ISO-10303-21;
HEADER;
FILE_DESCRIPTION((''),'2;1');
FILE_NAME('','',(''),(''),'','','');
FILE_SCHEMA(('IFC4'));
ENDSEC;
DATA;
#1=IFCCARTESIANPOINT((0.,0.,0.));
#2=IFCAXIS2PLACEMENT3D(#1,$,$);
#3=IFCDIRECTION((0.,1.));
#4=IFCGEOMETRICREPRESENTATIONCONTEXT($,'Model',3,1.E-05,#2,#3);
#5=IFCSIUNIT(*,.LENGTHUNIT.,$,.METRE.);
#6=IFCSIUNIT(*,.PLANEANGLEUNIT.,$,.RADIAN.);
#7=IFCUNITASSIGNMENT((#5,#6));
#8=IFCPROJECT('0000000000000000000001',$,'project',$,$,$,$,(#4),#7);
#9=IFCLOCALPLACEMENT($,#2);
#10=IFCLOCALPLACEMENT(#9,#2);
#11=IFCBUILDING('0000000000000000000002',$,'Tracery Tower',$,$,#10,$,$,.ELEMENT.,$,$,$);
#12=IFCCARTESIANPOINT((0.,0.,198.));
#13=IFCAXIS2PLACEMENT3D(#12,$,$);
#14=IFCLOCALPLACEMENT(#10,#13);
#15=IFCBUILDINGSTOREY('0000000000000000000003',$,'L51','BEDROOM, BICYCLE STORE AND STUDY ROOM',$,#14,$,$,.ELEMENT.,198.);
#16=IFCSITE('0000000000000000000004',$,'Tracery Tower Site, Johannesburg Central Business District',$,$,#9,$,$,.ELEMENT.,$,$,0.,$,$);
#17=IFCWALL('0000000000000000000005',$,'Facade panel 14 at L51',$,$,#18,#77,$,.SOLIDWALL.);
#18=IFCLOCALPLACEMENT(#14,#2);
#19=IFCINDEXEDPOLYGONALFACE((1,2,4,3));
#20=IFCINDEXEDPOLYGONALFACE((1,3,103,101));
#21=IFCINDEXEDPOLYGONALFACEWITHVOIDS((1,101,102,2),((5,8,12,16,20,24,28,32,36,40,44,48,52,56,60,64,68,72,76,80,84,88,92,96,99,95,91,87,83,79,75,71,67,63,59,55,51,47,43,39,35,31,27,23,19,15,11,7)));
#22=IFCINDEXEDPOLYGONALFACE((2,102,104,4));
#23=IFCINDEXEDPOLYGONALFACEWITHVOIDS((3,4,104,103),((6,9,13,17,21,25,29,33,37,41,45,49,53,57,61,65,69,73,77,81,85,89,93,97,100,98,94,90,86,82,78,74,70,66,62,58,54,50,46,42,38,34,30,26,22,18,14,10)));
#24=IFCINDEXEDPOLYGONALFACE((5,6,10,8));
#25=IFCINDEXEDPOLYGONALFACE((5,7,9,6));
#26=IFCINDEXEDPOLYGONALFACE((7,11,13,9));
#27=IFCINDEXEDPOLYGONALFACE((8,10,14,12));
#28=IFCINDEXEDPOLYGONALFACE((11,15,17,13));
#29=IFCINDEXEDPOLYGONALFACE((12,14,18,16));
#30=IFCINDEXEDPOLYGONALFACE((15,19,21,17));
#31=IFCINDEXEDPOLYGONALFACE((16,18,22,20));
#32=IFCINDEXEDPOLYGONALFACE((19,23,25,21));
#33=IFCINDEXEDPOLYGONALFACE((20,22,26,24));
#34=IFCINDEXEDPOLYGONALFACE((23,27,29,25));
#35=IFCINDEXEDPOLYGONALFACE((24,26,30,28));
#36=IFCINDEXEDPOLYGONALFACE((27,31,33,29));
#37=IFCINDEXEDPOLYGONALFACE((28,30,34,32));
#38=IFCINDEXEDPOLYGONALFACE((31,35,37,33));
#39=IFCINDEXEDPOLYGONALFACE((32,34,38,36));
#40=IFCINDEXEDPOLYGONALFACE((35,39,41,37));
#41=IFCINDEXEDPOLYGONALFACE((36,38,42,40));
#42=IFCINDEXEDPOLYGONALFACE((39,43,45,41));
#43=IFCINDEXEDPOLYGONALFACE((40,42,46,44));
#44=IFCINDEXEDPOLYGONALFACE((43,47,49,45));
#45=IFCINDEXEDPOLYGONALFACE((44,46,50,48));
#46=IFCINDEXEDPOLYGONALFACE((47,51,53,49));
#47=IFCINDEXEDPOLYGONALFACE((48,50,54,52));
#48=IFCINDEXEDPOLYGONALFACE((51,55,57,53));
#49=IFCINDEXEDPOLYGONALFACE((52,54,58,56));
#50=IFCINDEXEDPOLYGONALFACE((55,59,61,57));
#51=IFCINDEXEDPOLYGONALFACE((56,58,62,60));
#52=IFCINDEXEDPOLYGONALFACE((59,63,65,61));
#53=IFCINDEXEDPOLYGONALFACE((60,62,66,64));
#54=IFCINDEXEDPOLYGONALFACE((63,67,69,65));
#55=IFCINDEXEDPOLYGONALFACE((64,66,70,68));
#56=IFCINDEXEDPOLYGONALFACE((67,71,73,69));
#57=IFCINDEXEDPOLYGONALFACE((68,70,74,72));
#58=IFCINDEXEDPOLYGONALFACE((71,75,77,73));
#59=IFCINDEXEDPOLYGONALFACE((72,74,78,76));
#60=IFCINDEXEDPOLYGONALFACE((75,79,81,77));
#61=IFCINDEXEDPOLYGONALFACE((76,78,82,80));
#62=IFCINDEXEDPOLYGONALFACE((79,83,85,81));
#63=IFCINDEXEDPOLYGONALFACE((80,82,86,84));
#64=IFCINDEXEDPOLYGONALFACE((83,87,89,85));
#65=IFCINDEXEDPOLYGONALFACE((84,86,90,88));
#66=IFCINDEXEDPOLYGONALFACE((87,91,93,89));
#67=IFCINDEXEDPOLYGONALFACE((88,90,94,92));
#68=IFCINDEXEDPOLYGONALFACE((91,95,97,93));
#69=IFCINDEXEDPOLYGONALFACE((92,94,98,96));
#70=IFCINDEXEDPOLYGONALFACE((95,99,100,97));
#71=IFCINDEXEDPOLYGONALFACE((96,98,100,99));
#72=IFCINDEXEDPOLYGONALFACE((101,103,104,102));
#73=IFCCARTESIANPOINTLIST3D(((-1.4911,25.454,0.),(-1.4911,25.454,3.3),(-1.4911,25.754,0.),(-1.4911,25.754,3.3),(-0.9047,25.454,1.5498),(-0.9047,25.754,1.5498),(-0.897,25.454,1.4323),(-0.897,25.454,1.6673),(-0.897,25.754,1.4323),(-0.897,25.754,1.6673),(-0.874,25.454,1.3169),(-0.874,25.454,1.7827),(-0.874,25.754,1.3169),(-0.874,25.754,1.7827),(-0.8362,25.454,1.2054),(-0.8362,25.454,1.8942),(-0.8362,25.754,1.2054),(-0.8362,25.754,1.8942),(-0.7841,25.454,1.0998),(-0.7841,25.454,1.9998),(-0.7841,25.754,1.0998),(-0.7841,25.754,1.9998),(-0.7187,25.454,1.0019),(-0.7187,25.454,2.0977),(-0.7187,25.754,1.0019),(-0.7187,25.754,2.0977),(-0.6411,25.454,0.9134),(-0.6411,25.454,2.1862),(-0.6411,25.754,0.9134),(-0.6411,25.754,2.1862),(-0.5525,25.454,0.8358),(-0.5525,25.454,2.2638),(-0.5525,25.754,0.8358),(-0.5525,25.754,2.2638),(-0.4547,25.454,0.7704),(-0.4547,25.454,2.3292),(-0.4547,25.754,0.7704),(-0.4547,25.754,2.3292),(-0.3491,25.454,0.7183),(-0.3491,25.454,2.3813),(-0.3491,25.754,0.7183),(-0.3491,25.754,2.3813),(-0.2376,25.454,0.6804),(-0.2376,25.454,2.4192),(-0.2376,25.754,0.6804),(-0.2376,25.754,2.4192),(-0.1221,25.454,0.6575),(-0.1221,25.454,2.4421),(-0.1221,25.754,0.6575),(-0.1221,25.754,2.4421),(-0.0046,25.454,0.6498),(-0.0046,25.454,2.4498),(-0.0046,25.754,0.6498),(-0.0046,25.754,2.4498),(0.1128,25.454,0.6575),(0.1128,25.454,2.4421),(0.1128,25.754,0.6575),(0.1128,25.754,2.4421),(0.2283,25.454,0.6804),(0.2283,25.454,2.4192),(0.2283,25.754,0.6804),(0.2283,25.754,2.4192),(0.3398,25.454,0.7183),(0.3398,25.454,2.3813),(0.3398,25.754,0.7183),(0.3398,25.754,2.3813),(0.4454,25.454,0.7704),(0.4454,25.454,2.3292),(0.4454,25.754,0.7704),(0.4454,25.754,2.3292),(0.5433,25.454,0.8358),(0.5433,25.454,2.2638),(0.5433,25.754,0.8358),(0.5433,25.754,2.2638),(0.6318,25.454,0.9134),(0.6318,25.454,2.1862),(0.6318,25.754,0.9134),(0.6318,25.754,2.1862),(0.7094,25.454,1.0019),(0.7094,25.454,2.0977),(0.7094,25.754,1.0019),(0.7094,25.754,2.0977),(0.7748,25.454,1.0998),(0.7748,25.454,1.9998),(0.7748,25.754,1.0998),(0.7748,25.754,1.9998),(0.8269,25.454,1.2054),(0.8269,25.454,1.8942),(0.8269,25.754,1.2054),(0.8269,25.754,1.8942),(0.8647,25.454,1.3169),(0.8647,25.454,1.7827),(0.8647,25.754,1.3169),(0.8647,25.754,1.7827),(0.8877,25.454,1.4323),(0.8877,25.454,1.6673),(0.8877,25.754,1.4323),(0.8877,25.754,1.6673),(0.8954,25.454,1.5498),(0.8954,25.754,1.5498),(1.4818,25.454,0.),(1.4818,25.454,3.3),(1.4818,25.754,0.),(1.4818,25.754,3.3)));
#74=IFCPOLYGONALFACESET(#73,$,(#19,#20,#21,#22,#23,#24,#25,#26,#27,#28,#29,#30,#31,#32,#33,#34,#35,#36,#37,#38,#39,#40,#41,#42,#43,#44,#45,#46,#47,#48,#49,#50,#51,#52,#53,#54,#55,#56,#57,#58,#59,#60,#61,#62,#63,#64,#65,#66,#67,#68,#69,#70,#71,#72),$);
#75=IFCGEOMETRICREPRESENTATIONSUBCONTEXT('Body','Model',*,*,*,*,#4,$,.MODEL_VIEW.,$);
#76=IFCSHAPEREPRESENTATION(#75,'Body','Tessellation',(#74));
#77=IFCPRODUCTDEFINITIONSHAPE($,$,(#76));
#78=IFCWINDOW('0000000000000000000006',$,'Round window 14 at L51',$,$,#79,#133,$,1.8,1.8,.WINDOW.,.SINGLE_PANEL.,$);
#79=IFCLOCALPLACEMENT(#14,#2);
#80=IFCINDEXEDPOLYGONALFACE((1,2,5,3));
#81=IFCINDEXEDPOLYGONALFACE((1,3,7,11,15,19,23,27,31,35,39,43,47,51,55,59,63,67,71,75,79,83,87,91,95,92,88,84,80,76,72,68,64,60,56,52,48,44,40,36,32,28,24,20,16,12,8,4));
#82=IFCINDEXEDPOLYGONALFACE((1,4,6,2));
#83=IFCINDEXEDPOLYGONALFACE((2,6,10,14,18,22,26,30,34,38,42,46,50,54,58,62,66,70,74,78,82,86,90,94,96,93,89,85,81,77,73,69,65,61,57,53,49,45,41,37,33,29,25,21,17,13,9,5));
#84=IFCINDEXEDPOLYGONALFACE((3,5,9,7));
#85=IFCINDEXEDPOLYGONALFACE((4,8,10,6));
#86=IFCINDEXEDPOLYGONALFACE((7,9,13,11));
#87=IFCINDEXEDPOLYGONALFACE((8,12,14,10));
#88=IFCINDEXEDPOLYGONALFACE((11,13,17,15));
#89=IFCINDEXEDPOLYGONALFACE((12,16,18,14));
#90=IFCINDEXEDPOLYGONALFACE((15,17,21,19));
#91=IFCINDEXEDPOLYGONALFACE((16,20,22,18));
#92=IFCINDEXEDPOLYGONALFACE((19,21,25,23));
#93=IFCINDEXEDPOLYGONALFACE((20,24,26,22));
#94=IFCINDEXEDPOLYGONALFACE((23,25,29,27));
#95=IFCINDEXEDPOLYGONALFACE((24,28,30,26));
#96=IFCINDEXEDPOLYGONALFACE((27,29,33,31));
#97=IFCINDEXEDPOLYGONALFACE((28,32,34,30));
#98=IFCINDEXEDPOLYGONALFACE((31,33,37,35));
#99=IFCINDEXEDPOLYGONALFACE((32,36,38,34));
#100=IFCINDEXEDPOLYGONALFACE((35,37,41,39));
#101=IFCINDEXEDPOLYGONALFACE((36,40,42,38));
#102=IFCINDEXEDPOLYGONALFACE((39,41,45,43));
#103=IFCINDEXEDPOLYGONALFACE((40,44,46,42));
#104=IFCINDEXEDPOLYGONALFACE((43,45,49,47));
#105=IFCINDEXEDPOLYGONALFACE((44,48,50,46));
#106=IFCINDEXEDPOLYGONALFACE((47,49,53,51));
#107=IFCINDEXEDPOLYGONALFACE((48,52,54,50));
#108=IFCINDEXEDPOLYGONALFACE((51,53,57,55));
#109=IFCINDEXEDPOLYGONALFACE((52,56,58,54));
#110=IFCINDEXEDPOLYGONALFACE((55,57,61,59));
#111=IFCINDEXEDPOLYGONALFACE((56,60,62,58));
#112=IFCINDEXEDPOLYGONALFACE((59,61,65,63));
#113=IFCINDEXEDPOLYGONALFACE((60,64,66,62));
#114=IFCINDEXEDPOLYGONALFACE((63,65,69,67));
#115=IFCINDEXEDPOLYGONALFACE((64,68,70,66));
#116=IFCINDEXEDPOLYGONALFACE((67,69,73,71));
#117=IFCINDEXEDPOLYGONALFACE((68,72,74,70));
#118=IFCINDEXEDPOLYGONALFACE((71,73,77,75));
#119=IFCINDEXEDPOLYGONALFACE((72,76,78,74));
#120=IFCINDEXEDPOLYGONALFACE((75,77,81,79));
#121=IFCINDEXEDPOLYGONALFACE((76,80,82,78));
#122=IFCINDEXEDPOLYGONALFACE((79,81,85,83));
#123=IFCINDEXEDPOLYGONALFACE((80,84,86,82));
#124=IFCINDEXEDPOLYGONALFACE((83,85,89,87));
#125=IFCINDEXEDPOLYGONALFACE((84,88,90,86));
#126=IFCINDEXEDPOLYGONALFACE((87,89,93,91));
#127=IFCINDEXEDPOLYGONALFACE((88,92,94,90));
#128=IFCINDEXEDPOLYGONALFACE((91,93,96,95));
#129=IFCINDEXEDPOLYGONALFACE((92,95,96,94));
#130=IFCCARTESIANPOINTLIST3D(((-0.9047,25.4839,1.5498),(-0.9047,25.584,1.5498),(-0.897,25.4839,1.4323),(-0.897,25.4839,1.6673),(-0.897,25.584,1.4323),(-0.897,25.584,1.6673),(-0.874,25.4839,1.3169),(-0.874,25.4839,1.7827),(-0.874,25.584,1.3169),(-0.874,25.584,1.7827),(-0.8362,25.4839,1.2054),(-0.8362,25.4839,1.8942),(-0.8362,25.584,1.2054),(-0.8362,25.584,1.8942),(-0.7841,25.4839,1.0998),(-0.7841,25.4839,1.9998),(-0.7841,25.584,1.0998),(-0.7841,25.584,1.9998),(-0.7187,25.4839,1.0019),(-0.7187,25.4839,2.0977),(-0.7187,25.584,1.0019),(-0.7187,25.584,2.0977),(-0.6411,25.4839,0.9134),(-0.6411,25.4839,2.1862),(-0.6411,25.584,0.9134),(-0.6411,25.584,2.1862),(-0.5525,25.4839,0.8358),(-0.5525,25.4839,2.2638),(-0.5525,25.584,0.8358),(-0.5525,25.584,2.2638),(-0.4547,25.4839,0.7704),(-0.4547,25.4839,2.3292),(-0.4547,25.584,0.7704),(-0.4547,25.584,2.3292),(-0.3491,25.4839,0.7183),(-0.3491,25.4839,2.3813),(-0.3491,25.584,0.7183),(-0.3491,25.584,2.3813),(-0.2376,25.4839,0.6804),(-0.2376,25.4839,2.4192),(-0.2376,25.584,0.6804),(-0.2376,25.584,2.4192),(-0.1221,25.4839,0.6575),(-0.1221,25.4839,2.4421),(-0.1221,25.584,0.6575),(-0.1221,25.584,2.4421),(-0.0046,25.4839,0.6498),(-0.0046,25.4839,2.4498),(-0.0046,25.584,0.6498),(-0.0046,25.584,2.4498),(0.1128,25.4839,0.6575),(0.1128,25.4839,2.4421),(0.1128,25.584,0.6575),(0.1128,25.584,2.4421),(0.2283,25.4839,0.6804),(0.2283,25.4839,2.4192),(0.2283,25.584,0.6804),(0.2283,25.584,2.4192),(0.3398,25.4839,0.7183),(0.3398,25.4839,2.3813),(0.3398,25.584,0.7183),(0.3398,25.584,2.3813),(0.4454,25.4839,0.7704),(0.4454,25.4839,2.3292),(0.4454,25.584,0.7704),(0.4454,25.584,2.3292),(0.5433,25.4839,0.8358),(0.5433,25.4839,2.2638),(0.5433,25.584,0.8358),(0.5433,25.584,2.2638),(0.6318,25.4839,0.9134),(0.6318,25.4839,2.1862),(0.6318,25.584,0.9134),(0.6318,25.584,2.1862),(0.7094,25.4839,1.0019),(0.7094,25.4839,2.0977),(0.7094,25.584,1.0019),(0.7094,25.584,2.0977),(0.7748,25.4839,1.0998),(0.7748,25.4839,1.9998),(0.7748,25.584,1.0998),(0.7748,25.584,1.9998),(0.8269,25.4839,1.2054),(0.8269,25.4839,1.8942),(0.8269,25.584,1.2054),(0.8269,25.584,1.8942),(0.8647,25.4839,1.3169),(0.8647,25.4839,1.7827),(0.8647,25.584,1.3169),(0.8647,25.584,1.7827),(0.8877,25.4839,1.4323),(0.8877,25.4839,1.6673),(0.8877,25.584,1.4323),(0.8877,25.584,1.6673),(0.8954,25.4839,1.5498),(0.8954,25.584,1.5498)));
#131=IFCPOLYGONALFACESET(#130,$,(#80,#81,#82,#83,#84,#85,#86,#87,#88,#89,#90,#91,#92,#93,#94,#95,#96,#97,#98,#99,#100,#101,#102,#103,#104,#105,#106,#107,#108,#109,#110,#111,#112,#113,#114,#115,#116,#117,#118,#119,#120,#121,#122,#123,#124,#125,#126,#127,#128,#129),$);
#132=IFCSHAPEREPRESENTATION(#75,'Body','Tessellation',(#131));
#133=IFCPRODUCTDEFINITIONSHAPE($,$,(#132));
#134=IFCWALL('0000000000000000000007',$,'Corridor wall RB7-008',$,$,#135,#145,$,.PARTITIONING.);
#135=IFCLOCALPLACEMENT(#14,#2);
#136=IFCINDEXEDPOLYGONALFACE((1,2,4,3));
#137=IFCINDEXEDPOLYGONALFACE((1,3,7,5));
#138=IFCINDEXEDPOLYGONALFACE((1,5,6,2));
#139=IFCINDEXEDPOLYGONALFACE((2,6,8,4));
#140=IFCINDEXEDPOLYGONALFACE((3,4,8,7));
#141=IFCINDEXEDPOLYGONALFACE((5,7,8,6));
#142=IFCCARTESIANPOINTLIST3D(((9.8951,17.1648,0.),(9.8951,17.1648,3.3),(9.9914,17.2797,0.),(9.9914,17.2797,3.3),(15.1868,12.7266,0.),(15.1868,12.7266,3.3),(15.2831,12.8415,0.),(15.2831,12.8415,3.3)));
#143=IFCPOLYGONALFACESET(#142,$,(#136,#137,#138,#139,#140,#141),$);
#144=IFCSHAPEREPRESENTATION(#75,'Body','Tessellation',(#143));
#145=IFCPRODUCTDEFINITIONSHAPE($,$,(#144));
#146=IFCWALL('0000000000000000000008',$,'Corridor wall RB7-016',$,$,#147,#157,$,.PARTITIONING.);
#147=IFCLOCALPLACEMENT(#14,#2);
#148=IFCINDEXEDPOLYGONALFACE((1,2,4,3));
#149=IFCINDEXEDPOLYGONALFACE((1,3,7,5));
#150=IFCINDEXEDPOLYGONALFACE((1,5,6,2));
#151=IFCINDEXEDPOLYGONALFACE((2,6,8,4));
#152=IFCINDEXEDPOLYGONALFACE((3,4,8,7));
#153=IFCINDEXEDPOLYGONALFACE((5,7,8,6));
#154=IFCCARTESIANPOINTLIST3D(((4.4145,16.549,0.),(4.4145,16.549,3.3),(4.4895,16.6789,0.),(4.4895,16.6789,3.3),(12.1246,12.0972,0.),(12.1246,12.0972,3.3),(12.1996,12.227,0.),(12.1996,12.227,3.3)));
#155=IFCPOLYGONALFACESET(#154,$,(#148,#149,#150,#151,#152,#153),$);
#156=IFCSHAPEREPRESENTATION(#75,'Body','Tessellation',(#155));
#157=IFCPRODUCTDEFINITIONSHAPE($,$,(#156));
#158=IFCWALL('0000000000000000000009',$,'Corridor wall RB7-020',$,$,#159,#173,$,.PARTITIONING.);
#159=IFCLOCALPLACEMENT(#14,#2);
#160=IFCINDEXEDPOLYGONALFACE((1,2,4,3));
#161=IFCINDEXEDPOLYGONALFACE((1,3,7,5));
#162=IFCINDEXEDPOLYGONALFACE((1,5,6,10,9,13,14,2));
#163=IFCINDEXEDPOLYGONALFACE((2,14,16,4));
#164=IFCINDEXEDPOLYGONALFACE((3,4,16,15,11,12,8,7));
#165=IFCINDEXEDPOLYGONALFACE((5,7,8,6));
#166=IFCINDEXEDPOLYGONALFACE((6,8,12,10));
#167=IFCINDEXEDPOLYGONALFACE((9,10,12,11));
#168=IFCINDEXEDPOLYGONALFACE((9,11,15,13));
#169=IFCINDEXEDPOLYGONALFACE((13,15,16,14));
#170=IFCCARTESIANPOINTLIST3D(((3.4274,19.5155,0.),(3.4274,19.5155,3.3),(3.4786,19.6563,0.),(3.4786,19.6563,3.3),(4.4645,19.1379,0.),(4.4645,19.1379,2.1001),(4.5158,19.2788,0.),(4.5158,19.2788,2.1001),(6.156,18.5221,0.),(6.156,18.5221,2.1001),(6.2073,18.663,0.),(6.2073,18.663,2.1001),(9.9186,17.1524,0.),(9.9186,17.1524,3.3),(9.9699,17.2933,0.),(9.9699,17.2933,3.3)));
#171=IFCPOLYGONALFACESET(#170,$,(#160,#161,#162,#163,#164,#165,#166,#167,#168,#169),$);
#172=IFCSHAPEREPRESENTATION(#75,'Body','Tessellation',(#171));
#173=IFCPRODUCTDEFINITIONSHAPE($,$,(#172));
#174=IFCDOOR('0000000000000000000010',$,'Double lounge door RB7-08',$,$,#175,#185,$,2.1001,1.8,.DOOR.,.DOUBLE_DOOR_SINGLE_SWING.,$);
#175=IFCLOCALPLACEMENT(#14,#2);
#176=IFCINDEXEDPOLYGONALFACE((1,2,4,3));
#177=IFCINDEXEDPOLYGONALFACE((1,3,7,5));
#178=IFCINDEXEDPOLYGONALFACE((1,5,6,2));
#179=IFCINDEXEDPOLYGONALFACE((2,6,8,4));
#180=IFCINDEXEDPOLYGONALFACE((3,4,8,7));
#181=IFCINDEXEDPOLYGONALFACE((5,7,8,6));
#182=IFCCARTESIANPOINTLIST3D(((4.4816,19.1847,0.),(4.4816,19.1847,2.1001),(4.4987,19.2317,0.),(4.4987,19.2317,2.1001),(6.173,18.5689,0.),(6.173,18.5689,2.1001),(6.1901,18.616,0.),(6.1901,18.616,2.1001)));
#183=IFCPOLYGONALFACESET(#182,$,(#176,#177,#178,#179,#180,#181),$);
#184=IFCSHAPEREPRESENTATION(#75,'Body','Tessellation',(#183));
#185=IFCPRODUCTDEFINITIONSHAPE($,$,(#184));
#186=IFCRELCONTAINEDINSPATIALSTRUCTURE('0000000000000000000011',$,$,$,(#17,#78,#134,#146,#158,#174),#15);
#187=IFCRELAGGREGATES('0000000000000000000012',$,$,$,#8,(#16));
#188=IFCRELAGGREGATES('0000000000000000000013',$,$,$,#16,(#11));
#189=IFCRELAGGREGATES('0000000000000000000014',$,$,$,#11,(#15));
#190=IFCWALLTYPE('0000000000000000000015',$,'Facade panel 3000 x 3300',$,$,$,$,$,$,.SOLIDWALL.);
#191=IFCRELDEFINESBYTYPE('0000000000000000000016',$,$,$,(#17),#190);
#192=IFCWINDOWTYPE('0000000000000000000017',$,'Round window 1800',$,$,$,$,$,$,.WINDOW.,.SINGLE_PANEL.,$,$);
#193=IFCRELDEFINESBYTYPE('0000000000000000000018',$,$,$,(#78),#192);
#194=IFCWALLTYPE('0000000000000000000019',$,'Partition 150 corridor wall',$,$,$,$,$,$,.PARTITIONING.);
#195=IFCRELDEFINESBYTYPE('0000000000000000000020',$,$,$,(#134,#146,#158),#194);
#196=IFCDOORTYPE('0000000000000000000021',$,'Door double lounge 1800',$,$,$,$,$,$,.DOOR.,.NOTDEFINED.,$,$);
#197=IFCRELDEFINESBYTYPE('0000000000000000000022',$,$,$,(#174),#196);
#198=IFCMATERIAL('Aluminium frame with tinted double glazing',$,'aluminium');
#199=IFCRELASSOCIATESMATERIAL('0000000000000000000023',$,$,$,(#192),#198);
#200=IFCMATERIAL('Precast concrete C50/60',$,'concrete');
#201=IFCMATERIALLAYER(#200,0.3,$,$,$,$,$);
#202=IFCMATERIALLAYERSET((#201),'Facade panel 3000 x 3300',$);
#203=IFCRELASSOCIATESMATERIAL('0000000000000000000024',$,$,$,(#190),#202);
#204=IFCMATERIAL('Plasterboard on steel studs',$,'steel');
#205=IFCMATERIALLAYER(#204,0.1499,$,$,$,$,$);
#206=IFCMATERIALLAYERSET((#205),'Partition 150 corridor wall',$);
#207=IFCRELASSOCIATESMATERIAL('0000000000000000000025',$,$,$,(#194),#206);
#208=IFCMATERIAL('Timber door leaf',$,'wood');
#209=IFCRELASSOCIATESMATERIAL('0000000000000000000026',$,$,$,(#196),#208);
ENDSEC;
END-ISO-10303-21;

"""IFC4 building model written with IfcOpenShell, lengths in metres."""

from ifc_helpers import new_model, si_unit, direction, frame, frame_2d, origin, origin_2d, place, context, subcontext, project, spatial, rectangle, circle, extrude, material, layer, layer_set, type_object, element, fill, save


model = new_model("IFC4")

# Units and contexts
model_context = context("Model", 3, precision=1e-05, world=origin(), true_north=direction((0.0, 1.0)))
body_context = subcontext(model_context, "Body", "Model", "MODEL_VIEW")
ifc_project = project(units=[si_unit("LENGTHUNIT", "METRE"), si_unit("PLANEANGLEUNIT", "RADIAN")], contexts=[model_context])

# Site, building, storey
site_placement = place(None, origin())
site = spatial("IfcSite", under=ifc_project, at=site_placement, Name="Tracery Tower Site, Johannesburg Central Business District", CompositionType="ELEMENT", RefElevation=0.0)
building_placement = place(site_placement, origin())
building = spatial("IfcBuilding", under=site, at=building_placement, Name="Tracery Tower", CompositionType="ELEMENT")
storey_placement = place(building_placement, frame((0.0, 0.0, 198.0)))
storey = spatial("IfcBuildingStorey", under=building, at=storey_placement, Name="L51", Description="BEDROOM, BICYCLE STORE AND STUDY ROOM", CompositionType="ELEMENT", Elevation=198.0)

# Wall, opening, window
ifc_material_1 = material(Name="Aluminium frame with tinted double glazing", Category="aluminium")
window_type = type_object("IfcWindowType", Name="Round window 1800", PartitioningType="SINGLE_PANEL", PredefinedType="WINDOW", material=ifc_material_1)
ifc_material_2 = material(Name="Precast concrete C50/60", Category="concrete")
ifc_layer_1 = layer(ifc_material_2, 0.3)
ifc_layer_set_1 = layer_set([ifc_layer_1], Name="Facade panel 3000 x 3300")
wall_type_1 = type_object("IfcWallType", Name="Facade panel 3000 x 3300", PredefinedType="SOLIDWALL", material=ifc_layer_set_1)
wall_1_placement = place(storey_placement, frame((1.4817, 25.604, 0.0), z_axis=(0.0, 0.0, 1.0), x_axis=(-1.0, 0.0, 0.0)))
wall_1 = element("IfcWall", 1, at=wall_1_placement, inside=storey, type_object=wall_type_1, Name="Facade panel 14 at L51", PredefinedType="SOLIDWALL", context=body_context, shape_type="SweptSolid", body=[
    extrude(rectangle(XDim=2.9729, YDim=0.3, at=frame_2d((1.4863, 0.0))), origin(), (0.0, 0.0, 1.0), 3.3),
])
opening_1_placement = place(wall_1_placement, frame((1.4863, 0.0, 1.5498)))
opening_1 = element("IfcOpeningElement", 2, at=opening_1_placement, cuts=wall_1, PredefinedType="OPENING", context=body_context, shape_type="SweptSolid", body=[
    extrude(circle(Radius=0.9, at=origin_2d()), frame((0.0, 0.1599, 0.0), z_axis=(0.0, -1.0, 0.0), x_axis=(1.0, 0.0, 0.0)), (0.0, 0.0, 1.0), 0.3201),
])
window_1_placement = place(opening_1_placement, origin())
window_1 = element("IfcWindow", 3, at=window_1_placement, inside=storey, type_object=window_type, Name="Round window 14 at L51", OverallHeight=1.8, OverallWidth=1.8, PartitioningType="SINGLE_PANEL", PredefinedType="WINDOW", context=body_context, shape_type="SweptSolid", body=[
    extrude(circle(Radius=0.9, at=origin_2d()), frame((0.0, 0.1201, 0.0), z_axis=(0.0, -1.0, 0.0), x_axis=(1.0, 0.0, 0.0)), (0.0, 0.0, 1.0), 0.1001),
])
fill(opening_1, window_1)

# Walls
ifc_material_3 = material(Name="Plasterboard on steel studs", Category="steel")
ifc_layer_2 = layer(ifc_material_3, 0.1499)
ifc_layer_set_2 = layer_set([ifc_layer_2], Name="Partition 150 corridor wall")
wall_type_2 = type_object("IfcWallType", Name="Partition 150 corridor wall", PredefinedType="PARTITIONING", material=ifc_layer_set_2)
wall_2_placement = place(storey_placement, frame((9.9434, 17.2222, 0.0), z_axis=(0.0, 0.0, 1.0), x_axis=(0.766192, -0.642612, 0.0)))
element("IfcWall", 4, at=wall_2_placement, inside=storey, type_object=wall_type_2, Name="Corridor wall RB7-008", PredefinedType="PARTITIONING", context=body_context, shape_type="SweptSolid", body=[
    extrude(rectangle(XDim=6.9065, YDim=0.1499, at=frame_2d((3.4531, 0.0))), origin(), (0.0, 0.0, 1.0), 3.3),
])
wall_3_placement = place(storey_placement, frame((4.4519, 16.614, 0.0), z_axis=(0.0, 0.0, 1.0), x_axis=(0.866005, -0.500035, 0.0)))
element("IfcWall", 5, at=wall_3_placement, inside=storey, type_object=wall_type_2, Name="Corridor wall RB7-016", PredefinedType="PARTITIONING", context=body_context, shape_type="SweptSolid", body=[
    extrude(rectangle(XDim=8.9031, YDim=0.1499, at=frame_2d((4.4517, 0.0))), origin(), (0.0, 0.0, 1.0), 3.3),
])

# Wall, opening, door
wall_4_placement = place(storey_placement, frame((3.4529, 19.5859, 0.0), z_axis=(0.0, 0.0, 1.0), x_axis=(0.939673, -0.342075, 0.0)))
wall_4 = element("IfcWall", 6, at=wall_4_placement, inside=storey, type_object=wall_type_2, Name="Corridor wall RB7-020", PredefinedType="PARTITIONING", context=body_context, shape_type="SweptSolid", body=[
    extrude(rectangle(XDim=6.908, YDim=0.1499, at=frame_2d((3.4541, 0.0))), origin(), (0.0, 0.0, 1.0), 3.3),
])
opening_2_placement = place(wall_4_placement, frame((1.104, 0.0, 0.0)))
opening_2 = element("IfcOpeningElement", 7, at=opening_2_placement, cuts=wall_4, PredefinedType="OPENING", context=body_context, shape_type="SweptSolid", body=[
    extrude(rectangle(XDim=1.8, YDim=2.1001, at=frame_2d((0.8999, 1.05))), frame((0.0, 0.075, 0.0), z_axis=(0.0, -1.0, 0.0), x_axis=(1.0, 0.0, 0.0)), (0.0, 0.0, 1.0), 0.1499),
])
ifc_material_4 = material(Name="Timber door leaf", Category="wood")
door_type = type_object("IfcDoorType", Name="Door double lounge 1800", OperationType="NOTDEFINED", PredefinedType="DOOR", material=ifc_material_4)
door_placement = place(opening_2_placement, origin())
door = element("IfcDoor", 8, at=door_placement, inside=storey, type_object=door_type, Name="Double lounge door RB7-08", OperationType="DOUBLE_DOOR_SINGLE_SWING", OverallHeight=2.1001, OverallWidth=1.8, PredefinedType="DOOR", context=body_context, shape_type="SweptSolid", body=[
    extrude(rectangle(XDim=1.8, YDim=2.1001, at=frame_2d((0.8999, 1.05))), frame((0.0, 0.0249, 0.0), z_axis=(0.0, -1.0, 0.0), x_axis=(1.0, 0.0, 0.0)), (0.0, 0.0, 1.0), 0.05),
])
fill(opening_2, door)

save(model, "model.ifc")
